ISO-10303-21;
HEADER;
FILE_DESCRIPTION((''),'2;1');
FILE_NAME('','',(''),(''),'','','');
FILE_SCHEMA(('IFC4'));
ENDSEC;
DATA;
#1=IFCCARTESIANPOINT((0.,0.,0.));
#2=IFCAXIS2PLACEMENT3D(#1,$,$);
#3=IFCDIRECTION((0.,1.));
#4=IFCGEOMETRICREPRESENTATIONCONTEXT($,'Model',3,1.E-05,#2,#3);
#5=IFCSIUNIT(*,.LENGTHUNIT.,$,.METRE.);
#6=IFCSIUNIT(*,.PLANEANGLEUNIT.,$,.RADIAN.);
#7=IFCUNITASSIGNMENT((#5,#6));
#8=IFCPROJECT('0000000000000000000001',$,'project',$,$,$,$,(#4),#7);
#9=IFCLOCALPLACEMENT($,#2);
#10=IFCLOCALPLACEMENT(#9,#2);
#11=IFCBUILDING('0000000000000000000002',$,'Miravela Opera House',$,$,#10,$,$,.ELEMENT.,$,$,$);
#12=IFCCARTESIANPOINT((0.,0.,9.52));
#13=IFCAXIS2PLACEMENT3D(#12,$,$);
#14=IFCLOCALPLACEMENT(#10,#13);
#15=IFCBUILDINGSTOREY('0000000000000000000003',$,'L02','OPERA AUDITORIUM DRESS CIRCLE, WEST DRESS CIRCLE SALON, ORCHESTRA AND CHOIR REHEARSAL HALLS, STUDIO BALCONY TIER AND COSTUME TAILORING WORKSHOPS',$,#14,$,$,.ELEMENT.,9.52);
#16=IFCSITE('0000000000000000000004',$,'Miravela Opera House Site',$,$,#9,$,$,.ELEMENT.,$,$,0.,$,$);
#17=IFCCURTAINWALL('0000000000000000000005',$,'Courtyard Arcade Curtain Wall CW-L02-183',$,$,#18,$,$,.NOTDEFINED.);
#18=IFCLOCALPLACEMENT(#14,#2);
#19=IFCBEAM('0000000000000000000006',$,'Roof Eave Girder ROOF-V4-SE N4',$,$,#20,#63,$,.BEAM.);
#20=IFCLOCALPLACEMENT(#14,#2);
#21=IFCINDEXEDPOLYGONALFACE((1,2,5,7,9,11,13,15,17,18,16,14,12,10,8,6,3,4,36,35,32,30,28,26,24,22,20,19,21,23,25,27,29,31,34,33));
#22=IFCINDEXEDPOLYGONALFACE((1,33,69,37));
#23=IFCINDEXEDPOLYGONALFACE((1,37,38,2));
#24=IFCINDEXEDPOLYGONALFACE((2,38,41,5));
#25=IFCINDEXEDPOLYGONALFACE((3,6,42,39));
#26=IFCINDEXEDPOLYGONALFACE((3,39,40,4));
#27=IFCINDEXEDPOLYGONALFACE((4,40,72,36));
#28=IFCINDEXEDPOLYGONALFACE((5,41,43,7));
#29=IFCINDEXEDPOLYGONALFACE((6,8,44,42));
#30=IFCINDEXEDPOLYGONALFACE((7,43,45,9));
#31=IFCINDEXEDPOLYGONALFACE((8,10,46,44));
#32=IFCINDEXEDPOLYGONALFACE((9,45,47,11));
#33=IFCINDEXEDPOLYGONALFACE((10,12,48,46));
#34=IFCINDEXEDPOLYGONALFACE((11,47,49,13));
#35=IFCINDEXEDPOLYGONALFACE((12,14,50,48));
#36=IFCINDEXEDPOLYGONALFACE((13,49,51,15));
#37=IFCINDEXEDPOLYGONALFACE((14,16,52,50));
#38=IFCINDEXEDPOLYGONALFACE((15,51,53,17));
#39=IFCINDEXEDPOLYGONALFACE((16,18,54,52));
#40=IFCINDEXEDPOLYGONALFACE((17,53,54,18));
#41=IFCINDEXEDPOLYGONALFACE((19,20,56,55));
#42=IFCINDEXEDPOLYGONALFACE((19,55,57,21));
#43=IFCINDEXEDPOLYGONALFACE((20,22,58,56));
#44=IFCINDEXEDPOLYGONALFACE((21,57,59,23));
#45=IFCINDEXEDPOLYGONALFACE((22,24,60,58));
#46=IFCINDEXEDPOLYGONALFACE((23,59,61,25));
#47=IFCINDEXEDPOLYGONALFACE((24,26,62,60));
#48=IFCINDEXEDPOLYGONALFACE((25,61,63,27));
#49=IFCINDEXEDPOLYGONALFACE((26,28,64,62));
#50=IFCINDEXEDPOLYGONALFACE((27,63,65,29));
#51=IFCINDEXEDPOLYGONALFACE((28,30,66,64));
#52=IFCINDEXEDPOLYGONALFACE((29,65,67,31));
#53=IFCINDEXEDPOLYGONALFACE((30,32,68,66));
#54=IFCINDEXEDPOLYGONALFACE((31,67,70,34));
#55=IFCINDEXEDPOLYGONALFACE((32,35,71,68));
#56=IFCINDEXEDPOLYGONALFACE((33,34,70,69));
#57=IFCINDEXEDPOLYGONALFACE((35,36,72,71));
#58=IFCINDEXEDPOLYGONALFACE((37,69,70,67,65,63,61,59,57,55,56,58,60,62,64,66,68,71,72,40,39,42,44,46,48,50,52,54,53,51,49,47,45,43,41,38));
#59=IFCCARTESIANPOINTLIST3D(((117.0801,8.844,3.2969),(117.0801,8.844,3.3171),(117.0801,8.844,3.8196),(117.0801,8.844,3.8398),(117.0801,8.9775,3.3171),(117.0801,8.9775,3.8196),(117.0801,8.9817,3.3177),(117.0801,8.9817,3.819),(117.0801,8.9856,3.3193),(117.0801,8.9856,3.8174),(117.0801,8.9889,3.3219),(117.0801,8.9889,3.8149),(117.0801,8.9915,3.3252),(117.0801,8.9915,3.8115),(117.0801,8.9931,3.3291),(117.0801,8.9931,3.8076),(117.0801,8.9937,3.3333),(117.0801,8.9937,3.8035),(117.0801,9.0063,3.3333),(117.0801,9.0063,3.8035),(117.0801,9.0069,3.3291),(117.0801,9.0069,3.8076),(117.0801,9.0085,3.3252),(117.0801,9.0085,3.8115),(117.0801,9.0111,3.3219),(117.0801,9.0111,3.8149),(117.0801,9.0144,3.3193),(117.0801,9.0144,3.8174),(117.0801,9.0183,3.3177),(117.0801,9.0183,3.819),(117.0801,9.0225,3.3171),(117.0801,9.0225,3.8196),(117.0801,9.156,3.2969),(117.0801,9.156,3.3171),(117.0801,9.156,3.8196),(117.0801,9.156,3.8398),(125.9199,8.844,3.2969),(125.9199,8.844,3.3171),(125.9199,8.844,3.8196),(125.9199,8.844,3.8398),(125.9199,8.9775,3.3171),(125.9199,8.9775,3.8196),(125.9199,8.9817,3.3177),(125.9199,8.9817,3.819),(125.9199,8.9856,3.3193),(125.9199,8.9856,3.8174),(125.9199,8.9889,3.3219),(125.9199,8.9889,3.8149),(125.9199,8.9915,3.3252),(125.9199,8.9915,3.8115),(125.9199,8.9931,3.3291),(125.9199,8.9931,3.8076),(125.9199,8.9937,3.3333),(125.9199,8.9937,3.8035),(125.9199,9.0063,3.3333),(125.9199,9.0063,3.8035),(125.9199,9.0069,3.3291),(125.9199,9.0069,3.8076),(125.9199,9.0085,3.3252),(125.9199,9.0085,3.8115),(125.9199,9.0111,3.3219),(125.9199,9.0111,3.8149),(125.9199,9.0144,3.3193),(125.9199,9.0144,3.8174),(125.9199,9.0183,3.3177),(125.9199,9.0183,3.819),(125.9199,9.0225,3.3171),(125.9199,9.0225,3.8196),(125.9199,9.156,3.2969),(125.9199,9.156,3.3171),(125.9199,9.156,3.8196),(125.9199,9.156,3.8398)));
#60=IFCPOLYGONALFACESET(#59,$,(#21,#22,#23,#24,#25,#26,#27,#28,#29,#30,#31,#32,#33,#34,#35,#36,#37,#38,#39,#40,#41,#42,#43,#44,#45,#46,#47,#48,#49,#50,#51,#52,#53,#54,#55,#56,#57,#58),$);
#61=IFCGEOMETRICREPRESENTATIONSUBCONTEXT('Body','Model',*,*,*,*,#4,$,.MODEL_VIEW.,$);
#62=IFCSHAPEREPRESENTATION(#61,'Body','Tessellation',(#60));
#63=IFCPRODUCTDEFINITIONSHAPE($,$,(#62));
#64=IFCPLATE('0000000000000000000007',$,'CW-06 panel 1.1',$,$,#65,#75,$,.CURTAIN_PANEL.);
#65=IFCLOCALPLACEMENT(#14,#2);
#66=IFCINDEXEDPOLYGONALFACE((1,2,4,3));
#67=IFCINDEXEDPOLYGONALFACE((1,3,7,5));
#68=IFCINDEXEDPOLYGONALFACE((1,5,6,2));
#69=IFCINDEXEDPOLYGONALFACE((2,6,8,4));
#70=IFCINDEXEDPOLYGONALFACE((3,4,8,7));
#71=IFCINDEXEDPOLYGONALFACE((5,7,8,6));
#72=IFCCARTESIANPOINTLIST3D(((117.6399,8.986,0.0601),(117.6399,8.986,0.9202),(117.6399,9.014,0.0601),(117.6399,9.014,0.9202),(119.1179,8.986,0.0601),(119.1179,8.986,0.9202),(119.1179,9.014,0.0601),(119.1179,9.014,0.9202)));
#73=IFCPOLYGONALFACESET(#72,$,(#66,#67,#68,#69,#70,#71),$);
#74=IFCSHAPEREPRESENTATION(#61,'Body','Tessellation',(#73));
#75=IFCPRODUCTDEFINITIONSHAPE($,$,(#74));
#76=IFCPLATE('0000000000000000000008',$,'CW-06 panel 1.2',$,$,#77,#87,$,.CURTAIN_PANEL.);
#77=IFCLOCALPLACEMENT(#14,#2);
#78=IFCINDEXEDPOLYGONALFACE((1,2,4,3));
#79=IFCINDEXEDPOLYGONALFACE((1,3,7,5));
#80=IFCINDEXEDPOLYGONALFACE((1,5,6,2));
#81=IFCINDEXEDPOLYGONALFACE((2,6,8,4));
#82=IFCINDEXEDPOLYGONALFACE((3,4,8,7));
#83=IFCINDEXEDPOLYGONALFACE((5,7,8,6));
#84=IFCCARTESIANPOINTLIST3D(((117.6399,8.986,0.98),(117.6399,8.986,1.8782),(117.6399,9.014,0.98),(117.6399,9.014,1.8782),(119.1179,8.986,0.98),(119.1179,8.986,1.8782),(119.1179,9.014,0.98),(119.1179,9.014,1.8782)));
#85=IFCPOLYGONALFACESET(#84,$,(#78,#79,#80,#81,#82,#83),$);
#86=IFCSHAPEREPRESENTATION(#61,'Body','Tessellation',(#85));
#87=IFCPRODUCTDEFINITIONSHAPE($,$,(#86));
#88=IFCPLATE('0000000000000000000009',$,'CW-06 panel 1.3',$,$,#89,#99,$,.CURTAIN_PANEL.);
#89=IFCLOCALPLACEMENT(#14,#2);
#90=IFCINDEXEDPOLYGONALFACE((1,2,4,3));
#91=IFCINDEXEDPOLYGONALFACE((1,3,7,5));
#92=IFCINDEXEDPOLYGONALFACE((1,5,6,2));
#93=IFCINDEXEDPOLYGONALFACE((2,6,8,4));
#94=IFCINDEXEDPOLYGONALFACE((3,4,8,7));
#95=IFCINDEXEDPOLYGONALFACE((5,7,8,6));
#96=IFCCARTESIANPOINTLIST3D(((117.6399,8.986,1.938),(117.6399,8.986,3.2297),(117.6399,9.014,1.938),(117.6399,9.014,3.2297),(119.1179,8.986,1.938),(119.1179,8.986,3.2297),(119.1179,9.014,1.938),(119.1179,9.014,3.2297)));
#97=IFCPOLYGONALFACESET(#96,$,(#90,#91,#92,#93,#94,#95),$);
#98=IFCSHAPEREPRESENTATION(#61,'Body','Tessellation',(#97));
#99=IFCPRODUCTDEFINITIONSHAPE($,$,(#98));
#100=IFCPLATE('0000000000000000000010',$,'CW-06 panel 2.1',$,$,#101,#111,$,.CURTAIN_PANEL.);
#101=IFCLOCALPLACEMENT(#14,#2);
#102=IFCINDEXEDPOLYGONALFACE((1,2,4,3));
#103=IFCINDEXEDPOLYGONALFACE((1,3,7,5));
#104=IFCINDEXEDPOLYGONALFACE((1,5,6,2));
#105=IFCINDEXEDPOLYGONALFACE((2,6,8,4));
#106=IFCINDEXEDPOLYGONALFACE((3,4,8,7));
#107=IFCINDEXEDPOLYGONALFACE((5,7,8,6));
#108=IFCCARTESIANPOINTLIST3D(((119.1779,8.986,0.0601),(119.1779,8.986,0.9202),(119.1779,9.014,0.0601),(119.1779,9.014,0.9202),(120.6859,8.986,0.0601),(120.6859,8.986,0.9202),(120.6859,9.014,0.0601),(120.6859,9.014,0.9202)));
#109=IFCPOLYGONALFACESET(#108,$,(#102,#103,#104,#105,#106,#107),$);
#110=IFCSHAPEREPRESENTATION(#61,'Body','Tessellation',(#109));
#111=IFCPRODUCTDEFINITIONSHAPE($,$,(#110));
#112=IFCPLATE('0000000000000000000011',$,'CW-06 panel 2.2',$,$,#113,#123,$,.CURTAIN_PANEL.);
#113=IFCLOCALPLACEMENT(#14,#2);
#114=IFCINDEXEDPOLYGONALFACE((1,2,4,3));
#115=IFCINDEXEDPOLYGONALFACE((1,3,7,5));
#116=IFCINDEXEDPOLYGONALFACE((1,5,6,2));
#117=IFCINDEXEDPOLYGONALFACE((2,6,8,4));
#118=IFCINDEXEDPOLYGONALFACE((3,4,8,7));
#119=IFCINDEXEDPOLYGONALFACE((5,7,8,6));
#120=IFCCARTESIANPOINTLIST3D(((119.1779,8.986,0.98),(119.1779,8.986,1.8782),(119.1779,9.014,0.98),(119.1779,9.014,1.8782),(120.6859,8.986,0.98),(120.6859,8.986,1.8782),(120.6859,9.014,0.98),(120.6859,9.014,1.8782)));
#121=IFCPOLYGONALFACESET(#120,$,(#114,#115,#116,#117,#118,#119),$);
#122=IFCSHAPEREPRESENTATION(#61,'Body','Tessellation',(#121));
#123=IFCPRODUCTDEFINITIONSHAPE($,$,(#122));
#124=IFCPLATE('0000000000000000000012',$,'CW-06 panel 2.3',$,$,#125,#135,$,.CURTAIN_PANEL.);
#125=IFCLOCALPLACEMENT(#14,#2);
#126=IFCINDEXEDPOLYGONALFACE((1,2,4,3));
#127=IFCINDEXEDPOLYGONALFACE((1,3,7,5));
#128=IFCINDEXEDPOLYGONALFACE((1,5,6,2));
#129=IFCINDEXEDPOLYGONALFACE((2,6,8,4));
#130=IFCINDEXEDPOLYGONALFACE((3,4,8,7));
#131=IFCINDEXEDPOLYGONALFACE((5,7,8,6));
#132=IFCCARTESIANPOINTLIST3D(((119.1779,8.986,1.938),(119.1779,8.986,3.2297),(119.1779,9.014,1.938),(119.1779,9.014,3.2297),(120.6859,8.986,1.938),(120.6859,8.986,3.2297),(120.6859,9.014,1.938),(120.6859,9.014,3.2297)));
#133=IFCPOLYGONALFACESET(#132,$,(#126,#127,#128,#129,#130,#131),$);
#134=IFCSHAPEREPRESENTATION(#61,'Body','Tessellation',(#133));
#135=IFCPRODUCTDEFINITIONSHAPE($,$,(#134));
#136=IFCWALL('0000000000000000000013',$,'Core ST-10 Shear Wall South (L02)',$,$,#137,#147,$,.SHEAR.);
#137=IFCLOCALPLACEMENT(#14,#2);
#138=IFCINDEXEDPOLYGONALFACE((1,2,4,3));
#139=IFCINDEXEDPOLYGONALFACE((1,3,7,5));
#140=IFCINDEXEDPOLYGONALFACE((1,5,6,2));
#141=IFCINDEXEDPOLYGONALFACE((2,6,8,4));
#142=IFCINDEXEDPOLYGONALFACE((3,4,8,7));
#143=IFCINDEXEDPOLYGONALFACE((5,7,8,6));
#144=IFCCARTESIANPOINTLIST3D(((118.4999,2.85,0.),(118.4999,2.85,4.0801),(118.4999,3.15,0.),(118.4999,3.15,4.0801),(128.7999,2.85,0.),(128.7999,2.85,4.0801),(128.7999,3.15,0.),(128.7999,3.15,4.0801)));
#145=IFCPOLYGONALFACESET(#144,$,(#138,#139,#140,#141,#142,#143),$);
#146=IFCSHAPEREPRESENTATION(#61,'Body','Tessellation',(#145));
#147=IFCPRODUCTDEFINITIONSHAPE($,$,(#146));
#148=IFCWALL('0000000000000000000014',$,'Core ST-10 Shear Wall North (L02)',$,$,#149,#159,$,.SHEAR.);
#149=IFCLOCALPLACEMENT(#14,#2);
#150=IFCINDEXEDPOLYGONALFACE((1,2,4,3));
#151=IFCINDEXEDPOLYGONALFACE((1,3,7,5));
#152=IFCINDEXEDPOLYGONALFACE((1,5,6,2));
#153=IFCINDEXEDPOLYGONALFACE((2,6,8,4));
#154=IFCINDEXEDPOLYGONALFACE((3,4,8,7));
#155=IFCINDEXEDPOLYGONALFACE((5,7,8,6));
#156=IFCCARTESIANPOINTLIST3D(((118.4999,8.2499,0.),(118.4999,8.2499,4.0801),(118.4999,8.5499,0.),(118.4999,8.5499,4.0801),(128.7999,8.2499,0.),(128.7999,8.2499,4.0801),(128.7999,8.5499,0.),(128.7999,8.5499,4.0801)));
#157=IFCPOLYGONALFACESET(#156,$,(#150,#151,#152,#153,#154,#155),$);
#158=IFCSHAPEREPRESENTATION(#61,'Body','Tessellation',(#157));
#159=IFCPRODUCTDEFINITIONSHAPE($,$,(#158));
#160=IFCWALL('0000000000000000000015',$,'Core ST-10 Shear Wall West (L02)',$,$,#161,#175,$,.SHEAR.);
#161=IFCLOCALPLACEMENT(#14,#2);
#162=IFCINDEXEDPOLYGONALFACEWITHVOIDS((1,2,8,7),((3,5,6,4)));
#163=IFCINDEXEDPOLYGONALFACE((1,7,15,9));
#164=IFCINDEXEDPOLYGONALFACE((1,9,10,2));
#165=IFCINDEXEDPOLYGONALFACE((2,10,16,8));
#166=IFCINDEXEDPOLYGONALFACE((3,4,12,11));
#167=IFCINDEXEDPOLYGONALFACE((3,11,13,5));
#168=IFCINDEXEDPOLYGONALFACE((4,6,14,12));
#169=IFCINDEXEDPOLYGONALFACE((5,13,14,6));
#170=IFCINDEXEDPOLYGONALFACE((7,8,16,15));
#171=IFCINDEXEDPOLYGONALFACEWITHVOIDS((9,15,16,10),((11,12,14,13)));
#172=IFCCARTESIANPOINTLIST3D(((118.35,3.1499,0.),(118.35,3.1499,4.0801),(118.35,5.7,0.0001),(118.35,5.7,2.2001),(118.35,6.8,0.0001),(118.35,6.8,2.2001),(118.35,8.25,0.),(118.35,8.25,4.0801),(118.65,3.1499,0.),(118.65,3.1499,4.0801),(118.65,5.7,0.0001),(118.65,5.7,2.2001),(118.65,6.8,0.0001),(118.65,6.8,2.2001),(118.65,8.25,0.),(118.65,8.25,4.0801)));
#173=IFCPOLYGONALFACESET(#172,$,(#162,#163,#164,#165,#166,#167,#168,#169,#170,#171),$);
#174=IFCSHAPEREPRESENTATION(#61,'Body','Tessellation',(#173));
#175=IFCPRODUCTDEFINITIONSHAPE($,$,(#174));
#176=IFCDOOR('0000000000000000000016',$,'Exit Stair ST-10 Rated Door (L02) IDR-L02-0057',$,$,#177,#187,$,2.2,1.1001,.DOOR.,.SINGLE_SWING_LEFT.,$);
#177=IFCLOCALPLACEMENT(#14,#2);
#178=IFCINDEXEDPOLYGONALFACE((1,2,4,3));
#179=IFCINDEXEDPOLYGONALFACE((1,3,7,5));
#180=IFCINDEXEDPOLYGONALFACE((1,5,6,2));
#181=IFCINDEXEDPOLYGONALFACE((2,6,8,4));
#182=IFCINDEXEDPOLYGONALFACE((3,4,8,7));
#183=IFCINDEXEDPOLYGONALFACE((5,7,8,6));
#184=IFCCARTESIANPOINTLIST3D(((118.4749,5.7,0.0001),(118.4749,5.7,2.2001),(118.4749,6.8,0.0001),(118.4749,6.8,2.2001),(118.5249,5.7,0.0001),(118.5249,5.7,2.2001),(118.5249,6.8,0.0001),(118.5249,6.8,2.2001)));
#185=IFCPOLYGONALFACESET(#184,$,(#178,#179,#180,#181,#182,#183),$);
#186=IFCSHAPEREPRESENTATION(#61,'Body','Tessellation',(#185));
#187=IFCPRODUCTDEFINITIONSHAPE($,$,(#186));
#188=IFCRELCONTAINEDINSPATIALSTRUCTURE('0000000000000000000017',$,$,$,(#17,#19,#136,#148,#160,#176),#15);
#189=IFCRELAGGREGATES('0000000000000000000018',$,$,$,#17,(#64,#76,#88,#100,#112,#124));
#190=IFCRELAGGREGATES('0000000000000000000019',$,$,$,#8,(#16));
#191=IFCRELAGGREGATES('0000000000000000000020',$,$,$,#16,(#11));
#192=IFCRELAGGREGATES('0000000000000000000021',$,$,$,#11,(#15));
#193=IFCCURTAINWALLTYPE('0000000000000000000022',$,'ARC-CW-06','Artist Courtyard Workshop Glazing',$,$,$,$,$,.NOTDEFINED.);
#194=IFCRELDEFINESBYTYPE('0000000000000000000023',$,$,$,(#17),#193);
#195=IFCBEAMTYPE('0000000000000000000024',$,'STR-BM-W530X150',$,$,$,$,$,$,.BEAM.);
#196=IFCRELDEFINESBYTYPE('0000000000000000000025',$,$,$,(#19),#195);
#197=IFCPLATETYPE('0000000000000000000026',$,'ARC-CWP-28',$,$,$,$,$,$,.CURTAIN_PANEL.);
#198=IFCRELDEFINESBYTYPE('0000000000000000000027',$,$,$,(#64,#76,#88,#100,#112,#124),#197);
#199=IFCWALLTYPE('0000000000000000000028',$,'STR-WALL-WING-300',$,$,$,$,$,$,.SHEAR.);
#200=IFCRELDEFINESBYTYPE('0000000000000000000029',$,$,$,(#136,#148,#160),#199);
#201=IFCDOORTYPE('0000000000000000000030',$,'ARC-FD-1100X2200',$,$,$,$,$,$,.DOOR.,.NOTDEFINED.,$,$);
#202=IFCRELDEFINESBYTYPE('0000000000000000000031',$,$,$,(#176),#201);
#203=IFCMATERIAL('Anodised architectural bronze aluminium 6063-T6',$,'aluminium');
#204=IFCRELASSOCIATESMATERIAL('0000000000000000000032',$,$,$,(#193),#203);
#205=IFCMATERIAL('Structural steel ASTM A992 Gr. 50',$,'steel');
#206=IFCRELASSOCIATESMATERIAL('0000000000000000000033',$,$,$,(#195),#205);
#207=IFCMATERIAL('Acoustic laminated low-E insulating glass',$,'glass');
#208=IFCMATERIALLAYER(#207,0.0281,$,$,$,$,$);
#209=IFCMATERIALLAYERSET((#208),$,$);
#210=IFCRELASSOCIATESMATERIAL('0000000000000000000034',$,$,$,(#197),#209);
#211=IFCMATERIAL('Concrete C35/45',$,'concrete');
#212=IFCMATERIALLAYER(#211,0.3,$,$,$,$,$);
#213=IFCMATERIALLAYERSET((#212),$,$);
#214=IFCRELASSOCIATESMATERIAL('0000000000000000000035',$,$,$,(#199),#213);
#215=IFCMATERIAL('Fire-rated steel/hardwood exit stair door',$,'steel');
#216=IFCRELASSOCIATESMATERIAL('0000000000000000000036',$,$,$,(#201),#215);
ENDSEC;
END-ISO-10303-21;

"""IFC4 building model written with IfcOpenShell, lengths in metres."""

from ifc_helpers import new_model, si_unit, direction, frame, frame_2d, origin, origin_2d, place, context, subcontext, project, spatial, rectangle, i_section, extrude, material, layer, layer_set, material_profile, profile_set, type_object, element, fill, aggregate, save


model = new_model("IFC4")

# Units and contexts
model_context = context("Model", 3, precision=1e-05, world=origin(), true_north=direction((0.0, 1.0)))
body_context = subcontext(model_context, "Body", "Model", "MODEL_VIEW")
ifc_project = project(units=[si_unit("LENGTHUNIT", "METRE"), si_unit("PLANEANGLEUNIT", "RADIAN")], contexts=[model_context])

# Site, building, storey
site_placement = place(None, origin())
site = spatial("IfcSite", under=ifc_project, at=site_placement, Name="Miravela Opera House Site", CompositionType="ELEMENT", RefElevation=0.0)
building_placement = place(site_placement, origin())
building = spatial("IfcBuilding", under=site, at=building_placement, Name="Miravela Opera House", CompositionType="ELEMENT")
storey_placement = place(building_placement, frame((0.0, 0.0, 9.52)))
storey = spatial("IfcBuildingStorey", under=building, at=storey_placement, Name="L02", Description="OPERA AUDITORIUM DRESS CIRCLE, WEST DRESS CIRCLE SALON, ORCHESTRA AND CHOIR REHEARSAL HALLS, STUDIO BALCONY TIER AND COSTUME TAILORING WORKSHOPS", CompositionType="ELEMENT", Elevation=9.52)

# Curtain wall
ifc_material_1 = material(Name="Anodised architectural bronze aluminium 6063-T6", Category="aluminium")
curtain_wall_type = type_object("IfcCurtainWallType", Name="ARC-CW-06", Description="Artist Courtyard Workshop Glazing", PredefinedType="NOTDEFINED", material=ifc_material_1)
curtain_wall_placement = place(storey_placement, origin())
curtain_wall = element("IfcCurtainWall", 1, at=curtain_wall_placement, inside=storey, type_object=curtain_wall_type, Name="Courtyard Arcade Curtain Wall CW-L02-183", PredefinedType="NOTDEFINED")

# Beam
ifc_material_2 = material(Name="Structural steel ASTM A992 Gr. 50", Category="steel")
ifc_material_profile_1 = material_profile(ifc_material_2, i_section(OverallWidth=0.312, OverallDepth=0.543, WebThickness=0.0127, FlangeThickness=0.0203, FilletRadius=0.0161, at=origin_2d()), Name="W530X150")
ifc_profile_set_1 = profile_set([ifc_material_profile_1])
beam_type = type_object("IfcBeamType", Name="STR-BM-W530X150", PredefinedType="BEAM", material=ifc_profile_set_1)
for number, where, z_axis, x_axis, name in (
    (2, (117.0801, 9.0, 3.5684), (1.0, 0.0, 0.0), (0.0, 1.0, 0.0), "Roof Eave Girder ROOF-V4-SE N4"),
):
    element("IfcBeam", number, at=place(storey_placement, frame(where, z_axis=z_axis, x_axis=x_axis)), inside=storey, type_object=beam_type, Name=name, PredefinedType="BEAM", context=body_context, shape_type="SweptSolid", body=[
        extrude(i_section(OverallWidth=0.312, OverallDepth=0.543, WebThickness=0.0127, FlangeThickness=0.0203, FilletRadius=0.0161, at=origin_2d()), origin(), (0.0, 0.0, 1.0), 8.8398),
    ])

# Plates
ifc_material_3 = material(Name="Acoustic laminated low-E insulating glass", Category="glass")
ifc_layer_1 = layer(ifc_material_3, 0.0281)
ifc_layer_set_1 = layer_set([ifc_layer_1])
plate_type = type_object("IfcPlateType", Name="ARC-CWP-28", PredefinedType="CURTAIN_PANEL", material=ifc_layer_set_1)
plate_1_placement = place(storey_placement, frame((118.3789, 9.0, 0.0601), z_axis=(0.0, 0.0, 1.0), x_axis=(1.0, 0.0, 0.0)))
plate_1 = element("IfcPlate", 3, at=plate_1_placement, type_object=plate_type, Name="CW-06 panel 1.1", PredefinedType="CURTAIN_PANEL", context=body_context, shape_type="SweptSolid", body=[
    extrude(rectangle(XDim=1.478, YDim=0.0281, at=origin_2d()), origin(), (0.0, 0.0, 1.0), 0.8601),
])
plate_2_placement = place(storey_placement, frame((118.3789, 9.0, 0.98), z_axis=(0.0, 0.0, 1.0), x_axis=(1.0, 0.0, 0.0)))
plate_2 = element("IfcPlate", 4, at=plate_2_placement, type_object=plate_type, Name="CW-06 panel 1.2", PredefinedType="CURTAIN_PANEL", context=body_context, shape_type="SweptSolid", body=[
    extrude(rectangle(XDim=1.478, YDim=0.0281, at=origin_2d()), origin(), (0.0, 0.0, 1.0), 0.8982),
])
plate_3_placement = place(storey_placement, frame((118.3789, 9.0, 1.938), z_axis=(0.0, 0.0, 1.0), x_axis=(1.0, 0.0, 0.0)))
plate_3 = element("IfcPlate", 5, at=plate_3_placement, type_object=plate_type, Name="CW-06 panel 1.3", PredefinedType="CURTAIN_PANEL", context=body_context, shape_type="SweptSolid", body=[
    extrude(rectangle(XDim=1.478, YDim=0.0281, at=origin_2d()), origin(), (0.0, 0.0, 1.0), 1.2917),
])
plate_4_placement = place(storey_placement, frame((119.9319, 9.0, 0.0601), z_axis=(0.0, 0.0, 1.0), x_axis=(1.0, 0.0, 0.0)))
plate_4 = element("IfcPlate", 6, at=plate_4_placement, type_object=plate_type, Name="CW-06 panel 2.1", PredefinedType="CURTAIN_PANEL", context=body_context, shape_type="SweptSolid", body=[
    extrude(rectangle(XDim=1.5081, YDim=0.0281, at=origin_2d()), origin(), (0.0, 0.0, 1.0), 0.8601),
])
plate_5_placement = place(storey_placement, frame((119.9319, 9.0, 0.98), z_axis=(0.0, 0.0, 1.0), x_axis=(1.0, 0.0, 0.0)))
plate_5 = element("IfcPlate", 7, at=plate_5_placement, type_object=plate_type, Name="CW-06 panel 2.2", PredefinedType="CURTAIN_PANEL", context=body_context, shape_type="SweptSolid", body=[
    extrude(rectangle(XDim=1.5081, YDim=0.0281, at=origin_2d()), origin(), (0.0, 0.0, 1.0), 0.8982),
])
plate_6_placement = place(storey_placement, frame((119.9319, 9.0, 1.938), z_axis=(0.0, 0.0, 1.0), x_axis=(1.0, 0.0, 0.0)))
plate_6 = element("IfcPlate", 8, at=plate_6_placement, type_object=plate_type, Name="CW-06 panel 2.3", PredefinedType="CURTAIN_PANEL", context=body_context, shape_type="SweptSolid", body=[
    extrude(rectangle(XDim=1.5081, YDim=0.0281, at=origin_2d()), origin(), (0.0, 0.0, 1.0), 1.2917),
])
aggregate(curtain_wall, [plate_1, plate_2, plate_3, plate_4, plate_5, plate_6])

# Walls
ifc_material_4 = material(Name="Concrete C35/45", Category="concrete")
ifc_layer_2 = layer(ifc_material_4, 0.3)
ifc_layer_set_2 = layer_set([ifc_layer_2])
wall_type = type_object("IfcWallType", Name="STR-WALL-WING-300", PredefinedType="SHEAR", material=ifc_layer_set_2)
for number, where, z_axis, x_axis, name in (
    (9, (118.5, 3.0, 0.0), (0.0, 0.0, 1.0), (1.0, 0.0, 0.0), "Core ST-10 Shear Wall South (L02)"),
    (10, (118.5, 8.3999, 0.0), (0.0, 0.0, 1.0), (1.0, 0.0, 0.0), "Core ST-10 Shear Wall North (L02)"),
):
    element("IfcWall", number, at=place(storey_placement, frame(where, z_axis=z_axis, x_axis=x_axis)), inside=storey, type_object=wall_type, Name=name, PredefinedType="SHEAR", context=body_context, shape_type="SweptSolid", body=[
        extrude(rectangle(XDim=10.3, YDim=0.3, at=frame_2d((5.1499, 0.0))), origin(), (0.0, 0.0, 1.0), 4.0801),
    ])

# Wall, opening, door
wall_placement = place(storey_placement, frame((118.5, 3.1499, 0.0), z_axis=(0.0, 0.0, 1.0), x_axis=(0.0, 1.0, 0.0)))
wall = element("IfcWall", 11, at=wall_placement, inside=storey, type_object=wall_type, Name="Core ST-10 Shear Wall West (L02)", PredefinedType="SHEAR", context=body_context, shape_type="SweptSolid", body=[
    extrude(rectangle(XDim=5.1001, YDim=0.3, at=frame_2d((2.55, 0.0))), origin(), (0.0, 0.0, 1.0), 4.0801),
])
opening_placement = place(wall_placement, frame((2.55, 0.0, 0.0)))
opening = element("IfcOpeningElement", 12, at=opening_placement, cuts=wall, PredefinedType="OPENING", context=body_context, shape_type="SweptSolid", body=[
    extrude(rectangle(XDim=1.1001, YDim=2.2, at=frame_2d((0.55, 1.1001))), frame((0.0, 0.1599, 0.0), z_axis=(0.0, -1.0, 0.0), x_axis=(1.0, 0.0, 0.0)), (0.0, 0.0, 1.0), 0.3201),
])
ifc_material_5 = material(Name="Fire-rated steel/hardwood exit stair door", Category="steel")
door_type = type_object("IfcDoorType", Name="ARC-FD-1100X2200", OperationType="NOTDEFINED", PredefinedType="DOOR", material=ifc_material_5)
door_placement = place(opening_placement, frame((1.1001, 0.0, 0.0), z_axis=(0.0, 0.0, 1.0), x_axis=(-1.0, 0.0, 0.0)))
door = element("IfcDoor", 13, at=door_placement, inside=storey, type_object=door_type, Name="Exit Stair ST-10 Rated Door (L02) IDR-L02-0057", OperationType="SINGLE_SWING_LEFT", OverallHeight=2.2, OverallWidth=1.1001, PredefinedType="DOOR", context=body_context, shape_type="SweptSolid", body=[
    extrude(rectangle(XDim=1.1001, YDim=2.2, at=frame_2d((0.55, 1.1001))), frame((0.0, 0.0249, 0.0), z_axis=(0.0, -1.0, 0.0), x_axis=(1.0, 0.0, 0.0)), (0.0, 0.0, 1.0), 0.05),
])
fill(opening, door)

save(model, "model.ifc")
